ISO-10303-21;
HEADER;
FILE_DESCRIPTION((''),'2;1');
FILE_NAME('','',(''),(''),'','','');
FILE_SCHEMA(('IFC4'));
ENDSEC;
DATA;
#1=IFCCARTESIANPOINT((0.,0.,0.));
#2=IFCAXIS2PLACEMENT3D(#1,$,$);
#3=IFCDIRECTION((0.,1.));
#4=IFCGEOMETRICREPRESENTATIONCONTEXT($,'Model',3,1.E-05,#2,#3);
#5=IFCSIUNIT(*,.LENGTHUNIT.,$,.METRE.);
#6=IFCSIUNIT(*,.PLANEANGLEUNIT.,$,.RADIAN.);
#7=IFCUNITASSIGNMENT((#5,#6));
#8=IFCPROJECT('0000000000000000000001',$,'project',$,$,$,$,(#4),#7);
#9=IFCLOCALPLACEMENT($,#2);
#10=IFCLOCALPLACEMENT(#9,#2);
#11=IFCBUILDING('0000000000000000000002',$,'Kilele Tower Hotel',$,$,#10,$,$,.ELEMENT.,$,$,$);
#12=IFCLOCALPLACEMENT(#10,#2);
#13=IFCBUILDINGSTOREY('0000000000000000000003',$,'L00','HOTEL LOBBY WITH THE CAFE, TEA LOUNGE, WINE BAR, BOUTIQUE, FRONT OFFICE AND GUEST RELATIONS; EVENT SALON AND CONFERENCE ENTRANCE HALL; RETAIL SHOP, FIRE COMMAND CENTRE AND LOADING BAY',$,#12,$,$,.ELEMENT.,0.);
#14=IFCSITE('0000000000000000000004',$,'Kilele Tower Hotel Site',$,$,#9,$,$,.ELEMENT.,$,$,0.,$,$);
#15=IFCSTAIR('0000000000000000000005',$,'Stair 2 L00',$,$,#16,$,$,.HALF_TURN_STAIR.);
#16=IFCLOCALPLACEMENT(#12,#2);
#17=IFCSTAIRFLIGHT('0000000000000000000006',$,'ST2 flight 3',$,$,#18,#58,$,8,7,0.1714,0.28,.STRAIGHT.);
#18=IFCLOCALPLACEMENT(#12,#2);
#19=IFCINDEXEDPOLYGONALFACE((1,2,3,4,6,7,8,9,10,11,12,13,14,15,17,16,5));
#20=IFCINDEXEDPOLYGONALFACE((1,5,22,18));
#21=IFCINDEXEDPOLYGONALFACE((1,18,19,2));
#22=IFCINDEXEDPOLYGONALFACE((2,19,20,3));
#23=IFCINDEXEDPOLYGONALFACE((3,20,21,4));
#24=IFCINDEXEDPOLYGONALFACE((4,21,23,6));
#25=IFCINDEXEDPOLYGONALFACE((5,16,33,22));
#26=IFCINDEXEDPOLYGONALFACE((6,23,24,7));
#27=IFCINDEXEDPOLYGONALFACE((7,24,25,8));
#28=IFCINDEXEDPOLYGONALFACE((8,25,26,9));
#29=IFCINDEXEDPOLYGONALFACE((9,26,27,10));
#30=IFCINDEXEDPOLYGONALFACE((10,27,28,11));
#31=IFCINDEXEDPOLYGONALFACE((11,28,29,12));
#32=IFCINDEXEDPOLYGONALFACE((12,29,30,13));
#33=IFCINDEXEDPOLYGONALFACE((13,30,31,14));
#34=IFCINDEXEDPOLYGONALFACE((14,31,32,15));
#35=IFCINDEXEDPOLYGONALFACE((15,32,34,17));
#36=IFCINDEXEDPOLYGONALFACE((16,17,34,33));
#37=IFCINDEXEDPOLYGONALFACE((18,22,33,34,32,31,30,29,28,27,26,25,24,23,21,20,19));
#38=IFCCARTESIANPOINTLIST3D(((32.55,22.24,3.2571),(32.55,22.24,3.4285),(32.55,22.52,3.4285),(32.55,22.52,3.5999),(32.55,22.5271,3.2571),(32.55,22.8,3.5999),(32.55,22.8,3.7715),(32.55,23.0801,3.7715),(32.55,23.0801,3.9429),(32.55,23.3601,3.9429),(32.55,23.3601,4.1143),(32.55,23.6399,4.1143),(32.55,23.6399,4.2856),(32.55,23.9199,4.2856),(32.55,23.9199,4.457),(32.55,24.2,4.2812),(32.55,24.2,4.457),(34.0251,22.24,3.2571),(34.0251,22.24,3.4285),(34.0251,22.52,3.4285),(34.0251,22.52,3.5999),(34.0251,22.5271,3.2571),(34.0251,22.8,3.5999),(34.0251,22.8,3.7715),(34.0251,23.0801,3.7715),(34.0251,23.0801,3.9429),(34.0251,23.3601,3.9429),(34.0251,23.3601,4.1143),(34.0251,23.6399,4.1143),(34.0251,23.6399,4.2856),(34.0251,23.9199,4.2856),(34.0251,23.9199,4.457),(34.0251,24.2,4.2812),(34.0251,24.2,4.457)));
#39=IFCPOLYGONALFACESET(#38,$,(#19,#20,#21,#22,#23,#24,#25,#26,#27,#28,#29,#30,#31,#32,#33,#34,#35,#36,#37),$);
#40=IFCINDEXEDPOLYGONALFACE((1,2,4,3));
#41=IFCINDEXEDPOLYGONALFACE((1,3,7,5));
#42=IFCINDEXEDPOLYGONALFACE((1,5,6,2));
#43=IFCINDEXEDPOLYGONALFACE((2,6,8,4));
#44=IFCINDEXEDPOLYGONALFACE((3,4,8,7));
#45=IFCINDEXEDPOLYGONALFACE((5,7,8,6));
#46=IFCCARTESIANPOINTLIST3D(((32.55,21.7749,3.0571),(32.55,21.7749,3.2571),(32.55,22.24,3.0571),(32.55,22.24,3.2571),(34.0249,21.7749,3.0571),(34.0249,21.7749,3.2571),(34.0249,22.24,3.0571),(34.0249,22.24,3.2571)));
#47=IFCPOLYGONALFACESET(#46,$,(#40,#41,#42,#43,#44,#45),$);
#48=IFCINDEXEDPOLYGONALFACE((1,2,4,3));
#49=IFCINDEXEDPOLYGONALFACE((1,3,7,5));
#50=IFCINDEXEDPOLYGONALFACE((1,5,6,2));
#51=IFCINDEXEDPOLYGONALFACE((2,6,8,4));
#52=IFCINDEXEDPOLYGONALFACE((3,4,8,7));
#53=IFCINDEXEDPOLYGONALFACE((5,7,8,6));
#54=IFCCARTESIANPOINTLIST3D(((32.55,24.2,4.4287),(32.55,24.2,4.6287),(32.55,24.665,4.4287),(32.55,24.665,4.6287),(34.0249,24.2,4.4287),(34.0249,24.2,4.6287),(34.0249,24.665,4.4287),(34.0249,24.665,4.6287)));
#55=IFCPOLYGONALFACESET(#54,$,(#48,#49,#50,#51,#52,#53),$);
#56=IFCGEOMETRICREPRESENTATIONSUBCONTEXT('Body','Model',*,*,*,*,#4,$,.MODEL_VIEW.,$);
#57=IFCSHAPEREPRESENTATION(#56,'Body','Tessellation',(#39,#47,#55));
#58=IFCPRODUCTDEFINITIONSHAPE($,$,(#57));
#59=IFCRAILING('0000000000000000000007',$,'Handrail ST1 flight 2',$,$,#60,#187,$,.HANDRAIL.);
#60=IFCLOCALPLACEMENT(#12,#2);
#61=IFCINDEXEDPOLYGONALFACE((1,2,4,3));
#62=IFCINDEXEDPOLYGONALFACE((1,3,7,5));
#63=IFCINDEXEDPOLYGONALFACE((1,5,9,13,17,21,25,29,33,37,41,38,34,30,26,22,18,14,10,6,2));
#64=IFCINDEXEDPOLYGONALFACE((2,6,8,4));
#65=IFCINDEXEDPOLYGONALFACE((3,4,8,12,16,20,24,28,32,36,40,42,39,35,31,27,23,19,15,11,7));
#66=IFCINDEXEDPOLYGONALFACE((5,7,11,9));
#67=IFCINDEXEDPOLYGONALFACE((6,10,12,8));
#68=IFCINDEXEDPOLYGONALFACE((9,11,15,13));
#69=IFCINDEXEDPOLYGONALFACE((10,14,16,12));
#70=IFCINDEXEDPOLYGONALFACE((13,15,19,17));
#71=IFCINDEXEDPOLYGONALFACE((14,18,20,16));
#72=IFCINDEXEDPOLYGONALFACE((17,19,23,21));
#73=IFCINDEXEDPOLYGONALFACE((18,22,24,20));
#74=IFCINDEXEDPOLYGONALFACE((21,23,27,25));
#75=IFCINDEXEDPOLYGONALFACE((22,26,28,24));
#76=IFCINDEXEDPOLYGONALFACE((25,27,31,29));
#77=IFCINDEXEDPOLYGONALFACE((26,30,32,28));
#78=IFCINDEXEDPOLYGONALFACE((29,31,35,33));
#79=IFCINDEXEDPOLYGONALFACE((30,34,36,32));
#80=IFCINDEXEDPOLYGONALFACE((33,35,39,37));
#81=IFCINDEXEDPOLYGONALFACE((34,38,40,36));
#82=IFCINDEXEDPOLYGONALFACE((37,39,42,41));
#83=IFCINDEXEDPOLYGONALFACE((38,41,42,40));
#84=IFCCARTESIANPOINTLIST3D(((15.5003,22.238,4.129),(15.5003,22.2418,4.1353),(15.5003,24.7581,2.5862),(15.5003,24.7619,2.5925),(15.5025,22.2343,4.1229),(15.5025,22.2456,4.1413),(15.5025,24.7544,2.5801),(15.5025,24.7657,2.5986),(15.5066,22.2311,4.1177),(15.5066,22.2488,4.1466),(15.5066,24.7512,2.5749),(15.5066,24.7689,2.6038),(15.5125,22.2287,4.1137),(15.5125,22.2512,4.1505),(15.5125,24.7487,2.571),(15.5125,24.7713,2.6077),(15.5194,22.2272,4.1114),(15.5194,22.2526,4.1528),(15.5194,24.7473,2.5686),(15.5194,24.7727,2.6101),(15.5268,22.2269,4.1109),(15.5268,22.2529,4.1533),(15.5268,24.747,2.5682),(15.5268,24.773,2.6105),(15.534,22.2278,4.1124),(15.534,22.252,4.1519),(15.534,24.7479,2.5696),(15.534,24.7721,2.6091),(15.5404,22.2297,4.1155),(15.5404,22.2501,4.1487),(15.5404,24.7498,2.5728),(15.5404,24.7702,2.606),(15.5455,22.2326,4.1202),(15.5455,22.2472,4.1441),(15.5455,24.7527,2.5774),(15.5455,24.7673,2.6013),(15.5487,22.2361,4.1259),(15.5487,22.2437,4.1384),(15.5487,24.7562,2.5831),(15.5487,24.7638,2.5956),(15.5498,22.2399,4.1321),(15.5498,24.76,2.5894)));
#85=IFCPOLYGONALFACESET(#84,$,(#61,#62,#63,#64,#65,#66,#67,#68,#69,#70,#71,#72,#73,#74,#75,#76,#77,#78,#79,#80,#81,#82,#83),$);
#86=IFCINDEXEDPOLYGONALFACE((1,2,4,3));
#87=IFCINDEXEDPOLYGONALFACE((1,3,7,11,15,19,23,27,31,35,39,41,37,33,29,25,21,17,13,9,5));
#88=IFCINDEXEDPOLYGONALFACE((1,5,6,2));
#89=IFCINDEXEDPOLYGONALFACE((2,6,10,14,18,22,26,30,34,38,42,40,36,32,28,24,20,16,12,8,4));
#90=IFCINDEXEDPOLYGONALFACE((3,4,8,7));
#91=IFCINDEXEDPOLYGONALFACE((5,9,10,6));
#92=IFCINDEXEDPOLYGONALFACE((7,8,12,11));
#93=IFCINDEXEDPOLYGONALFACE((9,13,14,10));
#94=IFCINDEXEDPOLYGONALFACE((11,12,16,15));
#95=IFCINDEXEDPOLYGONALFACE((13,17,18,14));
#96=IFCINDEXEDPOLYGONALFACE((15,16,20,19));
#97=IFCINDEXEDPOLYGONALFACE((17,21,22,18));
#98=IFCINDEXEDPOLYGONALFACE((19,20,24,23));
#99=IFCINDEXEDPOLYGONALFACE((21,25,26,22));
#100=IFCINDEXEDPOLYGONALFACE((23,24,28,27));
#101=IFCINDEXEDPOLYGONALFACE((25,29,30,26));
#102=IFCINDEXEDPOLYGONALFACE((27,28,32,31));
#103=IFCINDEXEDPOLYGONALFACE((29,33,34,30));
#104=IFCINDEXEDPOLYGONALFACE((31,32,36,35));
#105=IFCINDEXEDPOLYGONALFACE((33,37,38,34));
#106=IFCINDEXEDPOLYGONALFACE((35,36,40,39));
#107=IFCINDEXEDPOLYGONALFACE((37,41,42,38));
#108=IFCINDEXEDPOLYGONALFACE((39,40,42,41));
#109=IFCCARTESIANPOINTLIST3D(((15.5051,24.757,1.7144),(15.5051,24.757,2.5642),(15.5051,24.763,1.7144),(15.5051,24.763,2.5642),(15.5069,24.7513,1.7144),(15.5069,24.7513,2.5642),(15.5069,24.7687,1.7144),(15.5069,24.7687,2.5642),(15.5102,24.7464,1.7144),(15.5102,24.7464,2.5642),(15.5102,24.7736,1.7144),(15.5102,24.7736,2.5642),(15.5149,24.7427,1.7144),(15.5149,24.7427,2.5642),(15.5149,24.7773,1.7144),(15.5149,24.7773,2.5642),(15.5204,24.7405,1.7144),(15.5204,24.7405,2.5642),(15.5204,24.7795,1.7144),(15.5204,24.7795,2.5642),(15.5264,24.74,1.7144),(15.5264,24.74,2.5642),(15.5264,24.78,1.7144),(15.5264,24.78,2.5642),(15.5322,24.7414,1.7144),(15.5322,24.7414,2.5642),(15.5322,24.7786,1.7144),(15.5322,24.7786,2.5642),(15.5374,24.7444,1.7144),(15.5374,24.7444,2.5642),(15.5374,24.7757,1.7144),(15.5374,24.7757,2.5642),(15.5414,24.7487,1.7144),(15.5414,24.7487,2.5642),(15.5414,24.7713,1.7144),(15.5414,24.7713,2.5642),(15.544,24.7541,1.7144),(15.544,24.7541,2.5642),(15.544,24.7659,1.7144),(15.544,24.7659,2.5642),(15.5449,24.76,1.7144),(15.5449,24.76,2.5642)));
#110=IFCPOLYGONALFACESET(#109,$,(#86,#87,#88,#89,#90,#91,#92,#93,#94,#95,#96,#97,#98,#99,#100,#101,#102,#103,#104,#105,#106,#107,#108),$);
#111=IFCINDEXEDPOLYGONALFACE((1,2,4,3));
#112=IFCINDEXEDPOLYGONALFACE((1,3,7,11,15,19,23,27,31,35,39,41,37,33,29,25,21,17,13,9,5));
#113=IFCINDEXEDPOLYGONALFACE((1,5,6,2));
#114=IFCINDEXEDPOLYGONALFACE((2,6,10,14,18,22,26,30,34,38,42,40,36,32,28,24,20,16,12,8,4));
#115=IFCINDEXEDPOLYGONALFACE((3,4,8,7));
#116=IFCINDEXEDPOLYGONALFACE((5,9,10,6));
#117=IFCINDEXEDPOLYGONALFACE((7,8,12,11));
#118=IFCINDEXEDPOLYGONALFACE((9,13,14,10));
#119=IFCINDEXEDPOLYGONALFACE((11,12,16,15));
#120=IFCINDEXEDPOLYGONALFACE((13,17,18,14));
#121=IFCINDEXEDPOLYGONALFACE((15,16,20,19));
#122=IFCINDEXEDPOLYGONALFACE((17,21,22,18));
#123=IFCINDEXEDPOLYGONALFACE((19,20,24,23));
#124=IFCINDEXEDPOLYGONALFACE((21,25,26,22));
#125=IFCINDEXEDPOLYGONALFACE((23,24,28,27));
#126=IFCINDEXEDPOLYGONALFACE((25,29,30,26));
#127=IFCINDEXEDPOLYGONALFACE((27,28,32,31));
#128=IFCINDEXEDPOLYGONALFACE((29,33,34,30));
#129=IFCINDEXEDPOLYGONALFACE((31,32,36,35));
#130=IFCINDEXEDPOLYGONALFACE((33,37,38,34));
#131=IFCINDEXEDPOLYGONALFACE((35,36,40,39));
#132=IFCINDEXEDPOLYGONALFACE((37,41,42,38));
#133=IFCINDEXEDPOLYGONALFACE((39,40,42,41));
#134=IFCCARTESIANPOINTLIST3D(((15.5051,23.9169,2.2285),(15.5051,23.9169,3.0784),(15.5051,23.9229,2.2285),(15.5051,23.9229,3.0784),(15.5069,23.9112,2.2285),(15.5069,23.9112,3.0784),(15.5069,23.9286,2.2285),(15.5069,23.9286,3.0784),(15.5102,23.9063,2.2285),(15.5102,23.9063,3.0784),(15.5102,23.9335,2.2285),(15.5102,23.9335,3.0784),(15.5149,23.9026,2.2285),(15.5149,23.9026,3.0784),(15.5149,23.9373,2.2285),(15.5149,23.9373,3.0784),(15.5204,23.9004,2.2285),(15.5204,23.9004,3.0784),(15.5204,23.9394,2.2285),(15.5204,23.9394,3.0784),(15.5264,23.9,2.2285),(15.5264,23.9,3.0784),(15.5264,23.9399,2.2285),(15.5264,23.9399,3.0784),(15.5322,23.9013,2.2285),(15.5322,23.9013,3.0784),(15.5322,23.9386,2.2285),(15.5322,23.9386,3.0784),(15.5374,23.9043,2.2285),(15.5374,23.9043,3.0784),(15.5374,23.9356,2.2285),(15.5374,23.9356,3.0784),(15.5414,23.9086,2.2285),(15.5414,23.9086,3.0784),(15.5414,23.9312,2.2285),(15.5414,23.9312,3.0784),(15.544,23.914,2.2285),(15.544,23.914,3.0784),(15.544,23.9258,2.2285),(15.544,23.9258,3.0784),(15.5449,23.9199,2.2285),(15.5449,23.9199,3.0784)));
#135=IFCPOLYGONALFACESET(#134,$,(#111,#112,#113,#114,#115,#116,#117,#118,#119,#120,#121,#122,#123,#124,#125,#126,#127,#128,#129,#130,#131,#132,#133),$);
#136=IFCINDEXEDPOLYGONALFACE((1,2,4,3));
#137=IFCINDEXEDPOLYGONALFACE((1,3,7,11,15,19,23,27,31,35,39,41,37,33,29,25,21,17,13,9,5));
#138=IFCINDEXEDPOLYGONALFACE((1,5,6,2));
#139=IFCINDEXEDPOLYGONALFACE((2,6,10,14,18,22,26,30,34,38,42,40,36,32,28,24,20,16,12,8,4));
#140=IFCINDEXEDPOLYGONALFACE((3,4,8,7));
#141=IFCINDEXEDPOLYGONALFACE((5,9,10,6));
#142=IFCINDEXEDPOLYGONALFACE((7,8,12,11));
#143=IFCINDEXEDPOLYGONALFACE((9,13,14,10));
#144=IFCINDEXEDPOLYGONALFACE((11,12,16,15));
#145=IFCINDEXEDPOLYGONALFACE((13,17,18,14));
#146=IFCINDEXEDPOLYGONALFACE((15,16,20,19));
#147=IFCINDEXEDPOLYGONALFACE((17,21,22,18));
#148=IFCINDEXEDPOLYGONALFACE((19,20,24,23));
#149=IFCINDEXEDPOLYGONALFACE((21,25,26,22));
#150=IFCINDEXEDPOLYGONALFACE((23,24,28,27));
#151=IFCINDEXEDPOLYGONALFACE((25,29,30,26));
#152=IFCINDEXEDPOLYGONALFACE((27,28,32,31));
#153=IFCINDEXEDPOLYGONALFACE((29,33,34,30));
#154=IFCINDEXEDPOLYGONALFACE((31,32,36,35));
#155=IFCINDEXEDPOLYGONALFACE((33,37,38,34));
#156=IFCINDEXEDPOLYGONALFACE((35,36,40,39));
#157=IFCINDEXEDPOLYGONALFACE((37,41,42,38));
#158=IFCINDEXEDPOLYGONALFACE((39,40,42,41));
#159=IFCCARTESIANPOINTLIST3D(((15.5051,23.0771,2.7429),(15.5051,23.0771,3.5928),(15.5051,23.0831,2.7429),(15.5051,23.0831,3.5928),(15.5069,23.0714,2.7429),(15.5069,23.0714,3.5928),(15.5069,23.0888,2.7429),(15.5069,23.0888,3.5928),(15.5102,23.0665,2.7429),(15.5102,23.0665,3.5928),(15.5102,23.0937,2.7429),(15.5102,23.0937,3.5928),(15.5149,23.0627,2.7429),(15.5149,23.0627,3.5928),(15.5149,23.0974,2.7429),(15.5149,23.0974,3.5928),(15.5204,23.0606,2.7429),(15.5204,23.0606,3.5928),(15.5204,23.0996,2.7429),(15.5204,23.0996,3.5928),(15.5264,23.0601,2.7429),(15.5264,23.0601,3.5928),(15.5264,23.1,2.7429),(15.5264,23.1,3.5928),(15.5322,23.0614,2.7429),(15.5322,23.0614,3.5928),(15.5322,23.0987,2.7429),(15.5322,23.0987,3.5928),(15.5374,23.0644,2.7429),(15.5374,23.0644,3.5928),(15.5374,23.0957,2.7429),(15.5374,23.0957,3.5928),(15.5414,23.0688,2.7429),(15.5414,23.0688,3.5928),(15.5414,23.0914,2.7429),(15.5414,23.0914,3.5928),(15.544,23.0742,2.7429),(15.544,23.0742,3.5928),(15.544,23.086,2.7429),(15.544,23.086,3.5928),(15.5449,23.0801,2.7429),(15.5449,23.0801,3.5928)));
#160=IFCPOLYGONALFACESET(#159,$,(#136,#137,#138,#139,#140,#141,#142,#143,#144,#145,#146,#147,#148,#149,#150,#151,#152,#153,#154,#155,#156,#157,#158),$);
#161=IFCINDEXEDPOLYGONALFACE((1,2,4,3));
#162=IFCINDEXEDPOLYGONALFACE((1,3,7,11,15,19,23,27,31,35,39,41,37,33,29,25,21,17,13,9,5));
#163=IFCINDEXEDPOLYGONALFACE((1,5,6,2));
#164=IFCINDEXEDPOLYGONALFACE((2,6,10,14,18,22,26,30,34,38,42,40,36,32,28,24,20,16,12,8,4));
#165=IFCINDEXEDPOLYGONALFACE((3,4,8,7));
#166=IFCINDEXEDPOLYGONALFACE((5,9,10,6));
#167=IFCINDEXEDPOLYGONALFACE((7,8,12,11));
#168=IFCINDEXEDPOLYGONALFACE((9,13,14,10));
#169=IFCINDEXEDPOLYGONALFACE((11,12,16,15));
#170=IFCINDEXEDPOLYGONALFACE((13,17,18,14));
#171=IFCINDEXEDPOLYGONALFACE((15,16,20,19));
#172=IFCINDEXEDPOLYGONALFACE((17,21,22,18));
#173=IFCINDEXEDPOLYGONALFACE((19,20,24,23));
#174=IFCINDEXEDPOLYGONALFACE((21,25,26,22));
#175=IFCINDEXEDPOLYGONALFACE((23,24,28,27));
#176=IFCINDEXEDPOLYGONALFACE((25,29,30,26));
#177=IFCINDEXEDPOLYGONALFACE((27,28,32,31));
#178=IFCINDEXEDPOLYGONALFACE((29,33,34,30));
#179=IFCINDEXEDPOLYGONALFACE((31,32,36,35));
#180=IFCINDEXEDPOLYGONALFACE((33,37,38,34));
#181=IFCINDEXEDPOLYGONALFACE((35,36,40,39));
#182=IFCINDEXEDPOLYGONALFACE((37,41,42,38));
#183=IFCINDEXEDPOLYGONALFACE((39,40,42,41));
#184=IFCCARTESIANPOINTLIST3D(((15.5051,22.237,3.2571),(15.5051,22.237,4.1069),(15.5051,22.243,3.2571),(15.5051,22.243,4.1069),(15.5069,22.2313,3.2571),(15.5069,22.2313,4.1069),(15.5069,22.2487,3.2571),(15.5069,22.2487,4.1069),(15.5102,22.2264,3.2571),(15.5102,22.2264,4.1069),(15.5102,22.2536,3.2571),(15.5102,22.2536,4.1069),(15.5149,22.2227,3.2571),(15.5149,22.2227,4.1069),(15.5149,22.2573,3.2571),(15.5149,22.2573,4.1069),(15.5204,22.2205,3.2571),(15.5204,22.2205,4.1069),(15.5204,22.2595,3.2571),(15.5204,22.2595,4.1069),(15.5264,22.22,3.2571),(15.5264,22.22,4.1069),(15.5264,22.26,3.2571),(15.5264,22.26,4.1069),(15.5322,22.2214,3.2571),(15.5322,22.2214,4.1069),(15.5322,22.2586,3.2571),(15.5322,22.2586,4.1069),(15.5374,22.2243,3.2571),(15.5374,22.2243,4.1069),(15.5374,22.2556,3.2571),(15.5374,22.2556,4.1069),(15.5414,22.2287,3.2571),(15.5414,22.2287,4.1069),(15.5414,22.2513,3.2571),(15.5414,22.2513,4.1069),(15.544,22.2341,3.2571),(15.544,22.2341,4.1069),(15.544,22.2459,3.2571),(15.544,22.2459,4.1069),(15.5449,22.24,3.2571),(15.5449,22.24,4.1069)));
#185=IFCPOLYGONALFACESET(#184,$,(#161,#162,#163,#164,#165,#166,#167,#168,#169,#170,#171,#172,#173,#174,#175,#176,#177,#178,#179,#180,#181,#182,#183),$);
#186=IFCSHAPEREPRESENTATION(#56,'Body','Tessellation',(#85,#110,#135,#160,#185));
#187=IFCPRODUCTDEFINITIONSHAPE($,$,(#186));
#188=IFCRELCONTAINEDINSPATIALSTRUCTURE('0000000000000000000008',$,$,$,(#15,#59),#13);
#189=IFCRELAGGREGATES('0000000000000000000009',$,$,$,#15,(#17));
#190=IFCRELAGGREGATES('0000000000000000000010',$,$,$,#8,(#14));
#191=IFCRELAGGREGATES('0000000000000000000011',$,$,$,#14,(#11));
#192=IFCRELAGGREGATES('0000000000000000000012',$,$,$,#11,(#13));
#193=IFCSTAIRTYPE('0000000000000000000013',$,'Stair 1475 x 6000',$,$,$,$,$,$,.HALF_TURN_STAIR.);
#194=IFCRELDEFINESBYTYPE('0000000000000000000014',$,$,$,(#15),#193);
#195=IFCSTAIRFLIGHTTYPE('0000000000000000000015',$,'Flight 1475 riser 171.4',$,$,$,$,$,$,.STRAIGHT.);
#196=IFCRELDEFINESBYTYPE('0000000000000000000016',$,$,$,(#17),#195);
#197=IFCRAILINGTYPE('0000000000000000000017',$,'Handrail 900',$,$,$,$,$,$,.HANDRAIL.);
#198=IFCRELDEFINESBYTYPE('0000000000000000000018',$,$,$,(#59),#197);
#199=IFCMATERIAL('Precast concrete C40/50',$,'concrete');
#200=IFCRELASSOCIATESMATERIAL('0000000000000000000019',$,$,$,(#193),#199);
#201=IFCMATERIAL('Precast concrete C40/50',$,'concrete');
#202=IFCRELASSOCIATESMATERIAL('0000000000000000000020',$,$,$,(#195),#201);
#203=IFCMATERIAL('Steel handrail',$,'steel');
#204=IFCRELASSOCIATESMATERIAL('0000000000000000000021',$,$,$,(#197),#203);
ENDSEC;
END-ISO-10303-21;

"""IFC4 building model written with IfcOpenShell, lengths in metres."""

from ifc_helpers import new_model, si_unit, direction, frame, origin, origin_2d, place, context, subcontext, project, spatial, polyline, circle, outline, extrude, material, type_object, element, aggregate, save


model = new_model("IFC4")

# Units and contexts
model_context = context("Model", 3, precision=1e-05, world=origin(), true_north=direction((0.0, 1.0)))
body_context = subcontext(model_context, "Body", "Model", "MODEL_VIEW")
ifc_project = project(units=[si_unit("LENGTHUNIT", "METRE"), si_unit("PLANEANGLEUNIT", "RADIAN")], contexts=[model_context])

# Site, building, storey
site_placement = place(None, origin())
site = spatial("IfcSite", under=ifc_project, at=site_placement, Name="Kilele Tower Hotel Site", CompositionType="ELEMENT", RefElevation=0.0)
building_placement = place(site_placement, origin())
building = spatial("IfcBuilding", under=site, at=building_placement, Name="Kilele Tower Hotel", CompositionType="ELEMENT")
storey_placement = place(building_placement, origin())
storey = spatial("IfcBuildingStorey", under=building, at=storey_placement, Name="L00", Description="HOTEL LOBBY WITH THE CAFE, TEA LOUNGE, WINE BAR, BOUTIQUE, FRONT OFFICE AND GUEST RELATIONS; EVENT SALON AND CONFERENCE ENTRANCE HALL; RETAIL SHOP, FIRE COMMAND CENTRE AND LOADING BAY", CompositionType="ELEMENT", Elevation=0.0)

# Stair, stair flight
ifc_material_1 = material(Name="Precast concrete C40/50", Category="concrete")
stair_type = type_object("IfcStairType", Name="Stair 1475 x 6000", PredefinedType="HALF_TURN_STAIR", material=ifc_material_1)
ifc_material_2 = material(Name="Precast concrete C40/50", Category="concrete")
stair_flight_type = type_object("IfcStairFlightType", Name="Flight 1475 riser 171.4", PredefinedType="STRAIGHT", material=ifc_material_2)
stair_1_placement = place(storey_placement, origin())
stair_1 = element("IfcStair", 1, at=stair_1_placement, inside=storey, type_object=stair_type, Name="Stair 2 L00", PredefinedType="HALF_TURN_STAIR")
stair_flight_1_placement = place(storey_placement, frame((33.2876, 22.24, 3.2571), z_axis=(0.0, 0.0, 1.0), x_axis=(0.0, 1.0, 0.0)))
stair_flight_1 = element("IfcStairFlight", 2, at=stair_flight_1_placement, type_object=stair_flight_type, Name="ST2 flight 3", NumberOfRisers=8, NumberOfTreads=7, PredefinedType="STRAIGHT", RiserHeight=0.1714, TreadLength=0.28, context=body_context, shape_type="SweptSolid", body=[
    extrude(outline(polyline([(0.0, 0.0), (0.0, 0.1714), (0.28, 0.1714), (0.28, 0.3428), (0.5601, 0.3428), (0.5601, 0.5144), (0.8401, 0.5144), (0.8401, 0.6858), (1.1201, 0.6858), (1.1201, 0.8572), (1.3999, 0.8572), (1.3999, 1.0286), (1.6799, 1.0286), (1.6799, 1.2), (1.96, 1.2), (1.96, 1.3713), (1.96, 1.0242), (0.2871, 0.0), (0.0, 0.0)])), frame((0.0, 0.7375, 0.0), z_axis=(0.0, -1.0, 0.0), x_axis=(1.0, 0.0, 0.0)), (0.0, 0.0, 1.0), 1.4751),
    extrude(outline(polyline([(-0.4651, 0.7375), (-0.4651, -0.7373), (0.0, -0.7373), (0.0, 0.7375), (-0.4651, 0.7375)])), frame((0.0, 0.0, -0.2)), (0.0, 0.0, 1.0), 0.2),
    extrude(outline(polyline([(1.96, 0.7375), (1.96, -0.7373), (2.425, -0.7373), (2.425, 0.7375), (1.96, 0.7375)])), frame((0.0, 0.0, 1.1716)), (0.0, 0.0, 1.0), 0.2),
])
aggregate(stair_1, [stair_flight_1])

# Railing
ifc_material_3 = material(Name="Steel handrail", Category="steel")
railing_type_1 = type_object("IfcRailingType", Name="Handrail 900", PredefinedType="HANDRAIL", material=ifc_material_3)
for number, where, name in (
    (3, (15.5249, 24.76, 1.7144), "Handrail ST1 flight 2"),
):
    element("IfcRailing", number, at=place(storey_placement, frame(where)), inside=storey, type_object=railing_type_1, Name=name, PredefinedType="HANDRAIL", context=body_context, shape_type="SweptSolid", body=[
        extrude(circle(Radius=0.0249, at=origin_2d()), frame((0.0, 0.0, 0.875), z_axis=(0.0, -0.852873, 0.522118), x_axis=(1.0, 0.0, 0.0)), (0.0, 0.0, 1.0), 2.9548),
        extrude(circle(Radius=0.02, at=origin_2d()), origin(), (0.0, 0.0, 1.0), 0.8499),
        extrude(circle(Radius=0.02, at=origin_2d()), frame((0.0, -0.8401, 0.5142)), (0.0, 0.0, 1.0), 0.8499),
        extrude(circle(Radius=0.02, at=origin_2d()), frame((0.0, -1.6799, 1.0286)), (0.0, 0.0, 1.0), 0.8499),
        extrude(circle(Radius=0.02, at=origin_2d()), frame((0.0, -2.52, 1.5427)), (0.0, 0.0, 1.0), 0.8499),
    ])

save(model, "model.ifc")
